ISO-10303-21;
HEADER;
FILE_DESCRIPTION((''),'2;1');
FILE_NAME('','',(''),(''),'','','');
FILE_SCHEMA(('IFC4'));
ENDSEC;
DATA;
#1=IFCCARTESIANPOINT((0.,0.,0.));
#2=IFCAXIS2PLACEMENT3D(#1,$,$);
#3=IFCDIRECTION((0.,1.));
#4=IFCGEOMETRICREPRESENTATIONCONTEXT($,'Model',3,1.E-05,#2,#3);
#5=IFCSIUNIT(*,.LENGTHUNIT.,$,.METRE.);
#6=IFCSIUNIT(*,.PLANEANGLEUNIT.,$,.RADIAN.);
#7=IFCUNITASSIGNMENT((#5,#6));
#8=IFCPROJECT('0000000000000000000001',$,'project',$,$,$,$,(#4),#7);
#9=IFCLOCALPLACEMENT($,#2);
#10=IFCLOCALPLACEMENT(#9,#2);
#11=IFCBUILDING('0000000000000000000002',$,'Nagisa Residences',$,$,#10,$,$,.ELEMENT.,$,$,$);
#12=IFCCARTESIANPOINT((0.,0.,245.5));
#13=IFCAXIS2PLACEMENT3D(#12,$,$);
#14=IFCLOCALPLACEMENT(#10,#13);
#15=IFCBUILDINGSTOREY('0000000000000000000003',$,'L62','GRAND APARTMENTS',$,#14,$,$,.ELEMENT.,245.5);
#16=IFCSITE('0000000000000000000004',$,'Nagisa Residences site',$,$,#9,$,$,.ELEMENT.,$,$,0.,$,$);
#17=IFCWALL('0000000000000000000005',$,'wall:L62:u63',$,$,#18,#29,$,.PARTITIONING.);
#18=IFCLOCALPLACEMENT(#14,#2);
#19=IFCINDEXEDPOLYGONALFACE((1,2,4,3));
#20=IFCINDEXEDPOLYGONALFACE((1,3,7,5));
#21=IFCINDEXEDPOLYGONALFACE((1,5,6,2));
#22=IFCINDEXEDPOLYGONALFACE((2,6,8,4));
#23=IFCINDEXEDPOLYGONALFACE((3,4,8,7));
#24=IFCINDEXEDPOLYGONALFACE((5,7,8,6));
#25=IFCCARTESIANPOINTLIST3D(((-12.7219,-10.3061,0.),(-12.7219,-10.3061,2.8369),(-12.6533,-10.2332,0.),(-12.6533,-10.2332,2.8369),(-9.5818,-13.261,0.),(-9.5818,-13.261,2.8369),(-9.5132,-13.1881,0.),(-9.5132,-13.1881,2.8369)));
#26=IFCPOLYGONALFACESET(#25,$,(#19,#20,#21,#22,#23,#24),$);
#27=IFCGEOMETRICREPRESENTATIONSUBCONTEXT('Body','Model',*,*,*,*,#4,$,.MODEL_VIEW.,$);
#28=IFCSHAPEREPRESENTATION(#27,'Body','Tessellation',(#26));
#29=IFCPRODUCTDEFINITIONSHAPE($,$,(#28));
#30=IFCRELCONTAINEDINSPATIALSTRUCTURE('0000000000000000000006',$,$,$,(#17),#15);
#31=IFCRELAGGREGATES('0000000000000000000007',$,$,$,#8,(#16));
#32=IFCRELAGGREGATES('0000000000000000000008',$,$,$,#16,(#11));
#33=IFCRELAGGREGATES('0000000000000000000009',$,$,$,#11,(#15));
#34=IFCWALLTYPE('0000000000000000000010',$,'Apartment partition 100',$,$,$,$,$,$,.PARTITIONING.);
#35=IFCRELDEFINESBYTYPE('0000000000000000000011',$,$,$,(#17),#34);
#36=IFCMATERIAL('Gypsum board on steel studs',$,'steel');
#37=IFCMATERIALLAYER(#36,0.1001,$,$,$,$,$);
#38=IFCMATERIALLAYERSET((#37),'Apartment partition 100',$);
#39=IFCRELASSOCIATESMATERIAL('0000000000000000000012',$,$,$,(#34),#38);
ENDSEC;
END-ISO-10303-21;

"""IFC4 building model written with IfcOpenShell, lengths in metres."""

from ifc_helpers import new_model, si_unit, direction, frame, frame_2d, origin, place, context, subcontext, project, spatial, rectangle, extrude, material, layer, layer_set, type_object, element, save


model = new_model("IFC4")

# Units and contexts
model_context = context("Model", 3, precision=1e-05, world=origin(), true_north=direction((0.0, 1.0)))
body_context = subcontext(model_context, "Body", "Model", "MODEL_VIEW")
ifc_project = project(units=[si_unit("LENGTHUNIT", "METRE"), si_unit("PLANEANGLEUNIT", "RADIAN")], contexts=[model_context])

# Site, building, storey
site_placement = place(None, origin())
site = spatial("IfcSite", under=ifc_project, at=site_placement, Name="Nagisa Residences site", CompositionType="ELEMENT", RefElevation=0.0)
building_placement = place(site_placement, origin())
building = spatial("IfcBuilding", under=site, at=building_placement, Name="Nagisa Residences", CompositionType="ELEMENT")
storey_placement = place(building_placement, frame((0.0, 0.0, 245.5)))
storey = spatial("IfcBuildingStorey", under=building, at=storey_placement, Name="L62", Description="GRAND APARTMENTS", CompositionType="ELEMENT", Elevation=245.5)

# Shared definitions
ifc_material_1 = material(Name="Gypsum board on steel studs", Category="steel")
ifc_layer_1 = layer(ifc_material_1, 0.1001)
ifc_layer_set_1 = layer_set([ifc_layer_1], Name="Apartment partition 100")
wall_type_1 = type_object("IfcWallType", Name="Apartment partition 100", PredefinedType="PARTITIONING", material=ifc_layer_set_1)

# Wall
wall_1_placement = place(storey_placement, frame((-12.6875, -10.2698, 0.0), z_axis=(0.0, 0.0, 1.0), x_axis=(0.728268, -0.685292, 0.0)))
element("IfcWall", 1, at=wall_1_placement, inside=storey, type_object=wall_type_1, Name="wall:L62:u63", PredefinedType="PARTITIONING", context=body_context, shape_type="SweptSolid", body=[
    extrude(rectangle(XDim=4.3118, YDim=0.1001, at=frame_2d((2.1558, 0.0))), origin(), (0.0, 0.0, 1.0), 2.8369),
])

save(model, "model.ifc")
